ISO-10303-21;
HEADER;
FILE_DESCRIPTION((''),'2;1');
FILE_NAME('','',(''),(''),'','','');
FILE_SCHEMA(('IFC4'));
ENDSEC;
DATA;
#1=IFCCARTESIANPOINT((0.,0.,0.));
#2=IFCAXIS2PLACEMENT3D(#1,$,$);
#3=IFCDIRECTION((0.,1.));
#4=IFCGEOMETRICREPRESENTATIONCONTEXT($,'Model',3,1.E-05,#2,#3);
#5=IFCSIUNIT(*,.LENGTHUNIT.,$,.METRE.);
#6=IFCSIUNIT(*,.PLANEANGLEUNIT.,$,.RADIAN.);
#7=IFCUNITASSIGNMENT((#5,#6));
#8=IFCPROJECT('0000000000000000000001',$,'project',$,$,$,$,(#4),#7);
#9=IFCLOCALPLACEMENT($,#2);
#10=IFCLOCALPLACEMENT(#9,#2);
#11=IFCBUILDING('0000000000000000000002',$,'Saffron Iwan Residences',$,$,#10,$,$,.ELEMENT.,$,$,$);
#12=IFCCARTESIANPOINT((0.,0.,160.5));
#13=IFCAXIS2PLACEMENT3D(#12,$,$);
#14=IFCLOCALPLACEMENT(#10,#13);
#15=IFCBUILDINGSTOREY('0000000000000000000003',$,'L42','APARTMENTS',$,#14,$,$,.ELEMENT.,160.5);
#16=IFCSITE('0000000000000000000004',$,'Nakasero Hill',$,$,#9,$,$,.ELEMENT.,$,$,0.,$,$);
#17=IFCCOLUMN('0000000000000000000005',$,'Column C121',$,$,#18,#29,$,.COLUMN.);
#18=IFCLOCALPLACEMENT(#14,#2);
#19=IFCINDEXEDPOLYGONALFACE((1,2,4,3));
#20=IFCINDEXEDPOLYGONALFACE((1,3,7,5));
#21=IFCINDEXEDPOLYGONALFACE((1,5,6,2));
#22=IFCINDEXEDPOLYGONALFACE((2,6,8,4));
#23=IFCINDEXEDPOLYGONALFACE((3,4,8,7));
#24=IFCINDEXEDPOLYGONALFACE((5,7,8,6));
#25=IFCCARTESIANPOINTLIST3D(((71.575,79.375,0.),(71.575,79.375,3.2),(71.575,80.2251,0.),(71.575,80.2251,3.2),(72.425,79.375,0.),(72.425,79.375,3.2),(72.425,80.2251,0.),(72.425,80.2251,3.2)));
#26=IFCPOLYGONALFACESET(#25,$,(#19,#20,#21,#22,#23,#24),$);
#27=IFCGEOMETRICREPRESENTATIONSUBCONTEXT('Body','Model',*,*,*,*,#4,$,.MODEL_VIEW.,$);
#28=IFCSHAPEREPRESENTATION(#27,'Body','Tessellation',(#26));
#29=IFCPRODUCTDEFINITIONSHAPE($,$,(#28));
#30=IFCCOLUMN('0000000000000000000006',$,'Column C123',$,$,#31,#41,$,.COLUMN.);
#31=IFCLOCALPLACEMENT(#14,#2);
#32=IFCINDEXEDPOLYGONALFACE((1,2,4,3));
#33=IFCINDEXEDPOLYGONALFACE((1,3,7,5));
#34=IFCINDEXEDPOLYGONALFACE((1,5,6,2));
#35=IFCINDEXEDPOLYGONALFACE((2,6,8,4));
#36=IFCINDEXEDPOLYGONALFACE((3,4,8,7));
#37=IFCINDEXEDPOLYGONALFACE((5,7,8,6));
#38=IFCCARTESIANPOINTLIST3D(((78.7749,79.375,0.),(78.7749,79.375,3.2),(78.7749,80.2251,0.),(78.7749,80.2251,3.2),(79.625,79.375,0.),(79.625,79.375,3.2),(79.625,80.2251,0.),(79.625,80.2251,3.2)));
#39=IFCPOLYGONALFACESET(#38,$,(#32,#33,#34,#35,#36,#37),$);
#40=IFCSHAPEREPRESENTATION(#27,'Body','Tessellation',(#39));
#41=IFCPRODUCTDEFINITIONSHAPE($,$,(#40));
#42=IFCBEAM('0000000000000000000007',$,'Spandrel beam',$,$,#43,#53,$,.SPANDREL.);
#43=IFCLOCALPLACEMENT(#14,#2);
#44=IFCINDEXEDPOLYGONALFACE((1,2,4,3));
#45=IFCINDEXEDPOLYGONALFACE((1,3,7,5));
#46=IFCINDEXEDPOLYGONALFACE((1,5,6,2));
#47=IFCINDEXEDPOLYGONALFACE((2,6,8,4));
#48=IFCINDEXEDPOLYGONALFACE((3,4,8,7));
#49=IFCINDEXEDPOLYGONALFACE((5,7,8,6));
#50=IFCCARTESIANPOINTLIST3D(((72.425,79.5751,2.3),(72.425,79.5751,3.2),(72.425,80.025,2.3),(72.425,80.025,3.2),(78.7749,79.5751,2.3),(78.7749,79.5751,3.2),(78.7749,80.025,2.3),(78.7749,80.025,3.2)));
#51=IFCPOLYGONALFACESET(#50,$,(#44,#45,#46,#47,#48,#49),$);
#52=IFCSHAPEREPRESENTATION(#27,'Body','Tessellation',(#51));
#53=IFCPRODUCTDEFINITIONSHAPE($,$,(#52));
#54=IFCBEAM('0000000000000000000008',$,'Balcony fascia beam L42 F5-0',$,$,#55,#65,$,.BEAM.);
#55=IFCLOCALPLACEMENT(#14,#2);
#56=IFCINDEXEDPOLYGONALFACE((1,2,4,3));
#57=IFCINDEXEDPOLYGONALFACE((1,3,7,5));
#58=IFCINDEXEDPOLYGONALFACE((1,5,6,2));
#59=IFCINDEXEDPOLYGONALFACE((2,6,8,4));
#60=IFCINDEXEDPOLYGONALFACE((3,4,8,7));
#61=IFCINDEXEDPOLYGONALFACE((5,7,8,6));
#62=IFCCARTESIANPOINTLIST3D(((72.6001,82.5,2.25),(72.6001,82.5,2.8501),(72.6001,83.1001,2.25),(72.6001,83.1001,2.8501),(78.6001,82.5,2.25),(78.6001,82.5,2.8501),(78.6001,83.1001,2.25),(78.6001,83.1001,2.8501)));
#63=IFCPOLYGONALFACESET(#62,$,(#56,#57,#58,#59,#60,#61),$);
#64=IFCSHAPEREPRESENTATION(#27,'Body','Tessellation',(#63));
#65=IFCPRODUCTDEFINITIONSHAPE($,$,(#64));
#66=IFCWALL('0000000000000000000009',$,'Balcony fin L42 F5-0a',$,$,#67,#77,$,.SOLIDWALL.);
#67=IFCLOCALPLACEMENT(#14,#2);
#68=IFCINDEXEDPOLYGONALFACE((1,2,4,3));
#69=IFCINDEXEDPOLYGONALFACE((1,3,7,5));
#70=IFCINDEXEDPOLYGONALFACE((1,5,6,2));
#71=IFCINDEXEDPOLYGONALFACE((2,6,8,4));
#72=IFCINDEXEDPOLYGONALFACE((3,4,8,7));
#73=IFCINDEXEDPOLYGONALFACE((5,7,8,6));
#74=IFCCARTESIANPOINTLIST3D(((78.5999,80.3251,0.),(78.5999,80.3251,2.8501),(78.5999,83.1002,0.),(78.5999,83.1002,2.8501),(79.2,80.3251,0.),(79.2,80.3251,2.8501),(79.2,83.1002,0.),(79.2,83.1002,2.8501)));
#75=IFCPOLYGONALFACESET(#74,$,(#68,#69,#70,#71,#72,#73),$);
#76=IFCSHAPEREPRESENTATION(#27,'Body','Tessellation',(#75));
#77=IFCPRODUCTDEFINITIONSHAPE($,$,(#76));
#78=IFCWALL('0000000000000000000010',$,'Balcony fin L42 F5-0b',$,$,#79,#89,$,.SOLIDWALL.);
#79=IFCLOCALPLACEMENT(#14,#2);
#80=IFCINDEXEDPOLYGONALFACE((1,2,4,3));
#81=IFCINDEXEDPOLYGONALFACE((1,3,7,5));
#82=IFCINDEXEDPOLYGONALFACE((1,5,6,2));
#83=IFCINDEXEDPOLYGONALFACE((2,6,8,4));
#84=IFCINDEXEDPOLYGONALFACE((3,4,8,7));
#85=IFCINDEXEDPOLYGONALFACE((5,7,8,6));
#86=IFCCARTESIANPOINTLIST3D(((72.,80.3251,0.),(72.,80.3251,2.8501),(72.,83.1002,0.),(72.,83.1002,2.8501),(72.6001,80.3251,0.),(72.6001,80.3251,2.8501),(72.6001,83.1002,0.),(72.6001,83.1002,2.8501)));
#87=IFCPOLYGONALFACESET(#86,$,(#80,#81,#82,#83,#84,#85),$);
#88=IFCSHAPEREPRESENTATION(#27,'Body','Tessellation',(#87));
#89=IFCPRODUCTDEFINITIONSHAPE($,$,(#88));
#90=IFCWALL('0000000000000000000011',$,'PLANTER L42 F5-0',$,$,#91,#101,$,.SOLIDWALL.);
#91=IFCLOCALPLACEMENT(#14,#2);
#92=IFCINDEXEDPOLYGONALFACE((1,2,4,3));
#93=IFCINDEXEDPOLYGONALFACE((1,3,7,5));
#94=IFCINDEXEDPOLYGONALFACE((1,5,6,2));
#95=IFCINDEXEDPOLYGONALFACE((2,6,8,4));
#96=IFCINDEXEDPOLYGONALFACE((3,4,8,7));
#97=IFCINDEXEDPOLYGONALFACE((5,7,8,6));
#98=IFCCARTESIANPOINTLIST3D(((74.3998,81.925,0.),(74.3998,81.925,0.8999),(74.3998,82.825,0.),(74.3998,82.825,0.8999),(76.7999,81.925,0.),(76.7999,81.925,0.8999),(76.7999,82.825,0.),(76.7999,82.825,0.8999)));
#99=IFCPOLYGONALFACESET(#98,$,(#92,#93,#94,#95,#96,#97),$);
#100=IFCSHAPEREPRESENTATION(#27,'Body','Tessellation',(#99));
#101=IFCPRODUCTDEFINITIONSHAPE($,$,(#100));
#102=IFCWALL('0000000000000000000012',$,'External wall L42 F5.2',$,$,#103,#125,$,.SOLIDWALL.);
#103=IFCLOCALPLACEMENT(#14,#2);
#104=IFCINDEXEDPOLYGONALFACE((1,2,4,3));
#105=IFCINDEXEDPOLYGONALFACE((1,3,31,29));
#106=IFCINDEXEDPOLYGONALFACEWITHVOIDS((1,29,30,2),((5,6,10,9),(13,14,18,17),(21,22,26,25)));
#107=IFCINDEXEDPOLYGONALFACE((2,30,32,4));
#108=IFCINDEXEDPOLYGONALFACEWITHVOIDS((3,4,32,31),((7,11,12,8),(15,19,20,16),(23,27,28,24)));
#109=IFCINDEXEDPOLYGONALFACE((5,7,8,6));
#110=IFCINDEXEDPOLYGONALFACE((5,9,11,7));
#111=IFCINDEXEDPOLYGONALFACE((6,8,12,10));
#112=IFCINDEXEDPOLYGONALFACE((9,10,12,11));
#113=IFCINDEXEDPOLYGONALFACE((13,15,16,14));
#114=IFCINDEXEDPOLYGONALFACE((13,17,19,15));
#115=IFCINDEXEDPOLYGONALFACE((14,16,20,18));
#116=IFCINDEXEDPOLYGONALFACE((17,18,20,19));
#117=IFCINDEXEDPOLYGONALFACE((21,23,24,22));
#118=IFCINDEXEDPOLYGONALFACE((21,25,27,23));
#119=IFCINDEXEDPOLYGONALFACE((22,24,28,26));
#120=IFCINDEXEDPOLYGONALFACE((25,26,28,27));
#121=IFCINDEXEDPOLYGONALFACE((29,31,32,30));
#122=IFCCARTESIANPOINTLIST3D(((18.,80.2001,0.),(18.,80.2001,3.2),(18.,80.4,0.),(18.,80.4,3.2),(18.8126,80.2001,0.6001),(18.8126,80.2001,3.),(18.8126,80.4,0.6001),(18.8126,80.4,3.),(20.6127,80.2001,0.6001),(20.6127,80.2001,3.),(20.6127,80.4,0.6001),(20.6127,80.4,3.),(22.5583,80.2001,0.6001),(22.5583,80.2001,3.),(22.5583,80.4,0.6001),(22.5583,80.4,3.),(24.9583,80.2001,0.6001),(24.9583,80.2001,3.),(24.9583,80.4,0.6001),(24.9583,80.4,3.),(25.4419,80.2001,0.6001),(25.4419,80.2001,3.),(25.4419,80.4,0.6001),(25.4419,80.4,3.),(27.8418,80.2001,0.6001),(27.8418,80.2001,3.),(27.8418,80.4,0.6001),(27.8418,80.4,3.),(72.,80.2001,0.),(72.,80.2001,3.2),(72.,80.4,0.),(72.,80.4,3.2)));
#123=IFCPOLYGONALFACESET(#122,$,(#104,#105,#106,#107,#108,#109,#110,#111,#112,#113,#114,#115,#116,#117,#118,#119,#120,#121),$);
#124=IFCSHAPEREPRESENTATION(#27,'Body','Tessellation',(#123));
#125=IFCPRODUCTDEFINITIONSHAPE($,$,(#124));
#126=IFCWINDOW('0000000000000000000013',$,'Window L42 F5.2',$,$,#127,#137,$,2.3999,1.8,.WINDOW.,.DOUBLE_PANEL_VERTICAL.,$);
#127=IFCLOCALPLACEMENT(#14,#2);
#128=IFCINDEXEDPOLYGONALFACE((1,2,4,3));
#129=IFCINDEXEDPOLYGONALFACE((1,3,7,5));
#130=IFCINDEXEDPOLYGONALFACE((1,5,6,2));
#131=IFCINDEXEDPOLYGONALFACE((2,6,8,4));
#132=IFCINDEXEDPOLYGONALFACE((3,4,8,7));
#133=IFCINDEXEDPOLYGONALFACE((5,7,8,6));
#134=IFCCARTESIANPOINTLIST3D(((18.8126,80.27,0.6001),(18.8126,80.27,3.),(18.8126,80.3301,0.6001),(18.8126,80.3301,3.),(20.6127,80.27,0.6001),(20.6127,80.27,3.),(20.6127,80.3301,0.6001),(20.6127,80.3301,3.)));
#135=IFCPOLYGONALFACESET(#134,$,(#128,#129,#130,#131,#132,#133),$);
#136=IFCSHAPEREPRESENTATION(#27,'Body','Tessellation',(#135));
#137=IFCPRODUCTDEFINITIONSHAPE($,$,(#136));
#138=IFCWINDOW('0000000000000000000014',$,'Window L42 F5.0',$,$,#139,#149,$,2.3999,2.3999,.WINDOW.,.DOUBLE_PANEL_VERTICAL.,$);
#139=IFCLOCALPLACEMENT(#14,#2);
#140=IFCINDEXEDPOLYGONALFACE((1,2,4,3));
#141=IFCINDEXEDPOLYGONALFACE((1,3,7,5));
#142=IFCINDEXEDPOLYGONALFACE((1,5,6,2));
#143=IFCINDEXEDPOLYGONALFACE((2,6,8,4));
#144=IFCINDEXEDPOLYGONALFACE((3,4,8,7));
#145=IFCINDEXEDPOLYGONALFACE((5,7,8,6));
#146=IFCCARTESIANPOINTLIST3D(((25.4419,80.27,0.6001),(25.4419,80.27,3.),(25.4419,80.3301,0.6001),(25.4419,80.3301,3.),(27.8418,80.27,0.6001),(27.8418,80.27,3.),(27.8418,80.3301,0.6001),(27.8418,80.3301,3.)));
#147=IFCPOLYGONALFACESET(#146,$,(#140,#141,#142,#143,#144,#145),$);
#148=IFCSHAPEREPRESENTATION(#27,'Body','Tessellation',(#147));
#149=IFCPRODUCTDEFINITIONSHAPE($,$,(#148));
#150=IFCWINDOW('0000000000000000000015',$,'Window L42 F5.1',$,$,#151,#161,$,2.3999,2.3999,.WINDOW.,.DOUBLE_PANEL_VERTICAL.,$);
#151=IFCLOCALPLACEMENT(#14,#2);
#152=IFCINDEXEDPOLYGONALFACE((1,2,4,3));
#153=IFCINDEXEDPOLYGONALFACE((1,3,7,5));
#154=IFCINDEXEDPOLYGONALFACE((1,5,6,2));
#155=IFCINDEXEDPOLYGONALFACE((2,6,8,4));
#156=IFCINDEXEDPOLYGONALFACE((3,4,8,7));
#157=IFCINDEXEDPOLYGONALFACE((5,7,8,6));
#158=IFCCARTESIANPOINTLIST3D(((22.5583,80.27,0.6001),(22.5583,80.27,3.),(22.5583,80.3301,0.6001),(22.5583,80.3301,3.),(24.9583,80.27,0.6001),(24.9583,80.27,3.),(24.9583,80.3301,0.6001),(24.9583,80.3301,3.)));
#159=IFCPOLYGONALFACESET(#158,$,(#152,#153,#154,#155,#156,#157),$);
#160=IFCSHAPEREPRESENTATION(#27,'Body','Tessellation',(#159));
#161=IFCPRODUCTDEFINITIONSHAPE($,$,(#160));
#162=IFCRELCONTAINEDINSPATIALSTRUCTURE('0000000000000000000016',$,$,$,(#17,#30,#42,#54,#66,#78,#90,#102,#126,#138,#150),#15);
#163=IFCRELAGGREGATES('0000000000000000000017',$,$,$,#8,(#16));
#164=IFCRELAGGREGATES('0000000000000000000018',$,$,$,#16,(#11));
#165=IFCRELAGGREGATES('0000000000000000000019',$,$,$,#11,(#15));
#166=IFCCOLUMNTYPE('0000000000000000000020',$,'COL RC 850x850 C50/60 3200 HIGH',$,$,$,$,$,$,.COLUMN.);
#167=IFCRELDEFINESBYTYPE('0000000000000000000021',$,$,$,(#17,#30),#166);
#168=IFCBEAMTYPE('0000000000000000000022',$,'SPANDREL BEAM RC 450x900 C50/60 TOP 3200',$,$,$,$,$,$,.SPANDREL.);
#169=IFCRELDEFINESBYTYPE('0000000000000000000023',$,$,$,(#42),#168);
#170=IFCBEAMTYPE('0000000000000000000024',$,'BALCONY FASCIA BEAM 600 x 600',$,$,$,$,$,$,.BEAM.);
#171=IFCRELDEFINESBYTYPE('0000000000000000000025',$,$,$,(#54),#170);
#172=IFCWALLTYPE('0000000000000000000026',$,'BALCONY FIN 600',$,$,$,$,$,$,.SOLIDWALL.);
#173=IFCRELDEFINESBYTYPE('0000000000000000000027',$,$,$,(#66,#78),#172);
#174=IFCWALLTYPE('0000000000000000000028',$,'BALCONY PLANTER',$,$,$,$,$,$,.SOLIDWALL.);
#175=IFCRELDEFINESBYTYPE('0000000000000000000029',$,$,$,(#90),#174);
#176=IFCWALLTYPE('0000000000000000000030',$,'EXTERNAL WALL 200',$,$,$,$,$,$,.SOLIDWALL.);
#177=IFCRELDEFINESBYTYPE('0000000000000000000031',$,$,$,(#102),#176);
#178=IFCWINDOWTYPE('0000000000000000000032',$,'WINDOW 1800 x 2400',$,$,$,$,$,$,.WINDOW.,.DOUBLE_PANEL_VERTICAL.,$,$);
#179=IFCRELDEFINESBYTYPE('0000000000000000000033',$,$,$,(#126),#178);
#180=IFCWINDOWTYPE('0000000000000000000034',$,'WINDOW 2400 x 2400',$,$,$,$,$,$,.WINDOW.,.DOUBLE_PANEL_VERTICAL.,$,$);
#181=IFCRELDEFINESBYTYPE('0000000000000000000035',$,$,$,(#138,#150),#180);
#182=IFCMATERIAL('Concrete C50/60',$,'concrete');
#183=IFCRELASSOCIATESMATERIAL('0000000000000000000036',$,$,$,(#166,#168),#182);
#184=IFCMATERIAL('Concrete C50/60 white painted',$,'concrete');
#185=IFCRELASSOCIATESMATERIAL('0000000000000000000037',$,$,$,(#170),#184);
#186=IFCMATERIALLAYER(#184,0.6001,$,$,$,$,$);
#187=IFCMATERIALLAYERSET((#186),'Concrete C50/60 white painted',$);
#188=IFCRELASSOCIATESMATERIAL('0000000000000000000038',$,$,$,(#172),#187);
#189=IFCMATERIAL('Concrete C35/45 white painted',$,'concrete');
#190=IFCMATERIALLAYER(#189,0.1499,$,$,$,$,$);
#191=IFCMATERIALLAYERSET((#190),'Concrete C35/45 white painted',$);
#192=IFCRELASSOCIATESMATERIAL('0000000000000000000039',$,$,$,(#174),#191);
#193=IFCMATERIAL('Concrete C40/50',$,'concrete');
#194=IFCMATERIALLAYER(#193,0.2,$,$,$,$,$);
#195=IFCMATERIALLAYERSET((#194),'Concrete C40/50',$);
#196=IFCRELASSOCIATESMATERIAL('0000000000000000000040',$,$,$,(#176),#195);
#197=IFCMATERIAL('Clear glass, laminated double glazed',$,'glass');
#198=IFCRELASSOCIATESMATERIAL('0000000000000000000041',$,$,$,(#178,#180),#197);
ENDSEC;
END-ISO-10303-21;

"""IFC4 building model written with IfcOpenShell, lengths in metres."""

from ifc_helpers import new_model, si_unit, direction, frame, frame_2d, origin, origin_2d, place, context, subcontext, project, spatial, rectangle, extrude, source, transform, mapped, material, layer, layer_set, material_profile, profile_set, type_object, element, fill, save


model = new_model("IFC4")

# Units and contexts
model_context = context("Model", 3, precision=1e-05, world=origin(), true_north=direction((0.0, 1.0)))
body_context = subcontext(model_context, "Body", "Model", "MODEL_VIEW")
ifc_project = project(units=[si_unit("LENGTHUNIT", "METRE"), si_unit("PLANEANGLEUNIT", "RADIAN")], contexts=[model_context])

# Site, building, storey
site_placement = place(None, origin())
site = spatial("IfcSite", under=ifc_project, at=site_placement, Name="Nakasero Hill", CompositionType="ELEMENT", RefElevation=0.0)
building_placement = place(site_placement, origin())
building = spatial("IfcBuilding", under=site, at=building_placement, Name="Saffron Iwan Residences", CompositionType="ELEMENT")
storey_placement = place(building_placement, frame((0.0, 0.0, 160.5)))
storey = spatial("IfcBuildingStorey", under=building, at=storey_placement, Name="L42", Description="APARTMENTS", CompositionType="ELEMENT", Elevation=160.5)

# Columns
ifc_material_1 = material(Name="Concrete C50/60", Category="concrete")
ifc_material_profile_1 = material_profile(ifc_material_1, rectangle(XDim=0.8501, YDim=0.8501, at=origin_2d()), Name="RC 850x850")
ifc_profile_set_1 = profile_set([ifc_material_profile_1], Name="Concrete C50/60")
column_type = type_object("IfcColumnType", Name="COL RC 850x850 C50/60 3200 HIGH", PredefinedType="COLUMN", material=ifc_profile_set_1)
shared_shape_1 = source(origin(), body_context, "Body", "SweptSolid", [
    extrude(rectangle(XDim=0.8501, YDim=0.8501, at=origin_2d()), origin(), (0.0, 0.0, 1.0), 3.2),
])
for number, where, z_axis, x_axis, name in (
    (1, (72.0, 79.8, 0.0), (0.0, 0.0, 1.0), (1.0, 0.0, 0.0), "Column C121"),
    (2, (79.2, 79.8, 0.0), (0.0, 0.0, 1.0), (1.0, 0.0, 0.0), "Column C123"),
):
    element("IfcColumn", number, at=place(storey_placement, frame(where, z_axis=z_axis, x_axis=x_axis)), inside=storey, type_object=column_type, Name=name, PredefinedType="COLUMN", context=body_context, shape_type="MappedRepresentation", body=[
        mapped(shared_shape_1, transform((0.0, 0.0, 0.0))),
    ])

# Beams
ifc_material_profile_2 = material_profile(ifc_material_1, rectangle(XDim=0.45, YDim=0.8999, at=origin_2d()), Name="RC 450x900")
ifc_profile_set_2 = profile_set([ifc_material_profile_2], Name="Concrete C50/60")
beam_type_1 = type_object("IfcBeamType", Name="SPANDREL BEAM RC 450x900 C50/60 TOP 3200", PredefinedType="SPANDREL", material=ifc_profile_set_2)
shared_shape_2 = source(origin(), body_context, "Body", "SweptSolid", [
    extrude(rectangle(XDim=0.45, YDim=0.8999, at=origin_2d()), origin(), (0.0, 0.0, 1.0), 6.3499),
])
beam_1_placement = place(storey_placement, frame((72.425, 79.8, 2.75), z_axis=(1.0, 0.0, 0.0), x_axis=(0.0, 1.0, 0.0)))
element("IfcBeam", 3, at=beam_1_placement, inside=storey, type_object=beam_type_1, Name="Spandrel beam", PredefinedType="SPANDREL", context=body_context, shape_type="MappedRepresentation", body=[
    mapped(shared_shape_2, transform((0.0, 0.0, 0.0))),
])
ifc_material_2 = material(Name="Concrete C50/60 white painted", Category="concrete")
ifc_material_profile_3 = material_profile(ifc_material_2, rectangle(XDim=0.6001, YDim=0.6001, at=origin_2d()), Name="BALCONY FASCIA BEAM 600 x 600")
ifc_profile_set_3 = profile_set([ifc_material_profile_3], Name="Concrete C50/60 white painted")
beam_type_2 = type_object("IfcBeamType", Name="BALCONY FASCIA BEAM 600 x 600", PredefinedType="BEAM", material=ifc_profile_set_3)
shared_shape_3 = source(origin(), body_context, "Body", "SweptSolid", [
    extrude(rectangle(XDim=0.6001, YDim=0.6001, at=origin_2d()), origin(), (0.0, 0.0, 1.0), 6.0),
])
beam_2_placement = place(storey_placement, frame((78.6001, 82.8, 2.55), z_axis=(-1.0, 0.0, 0.0), x_axis=(0.0, -1.0, 0.0)))
element("IfcBeam", 4, at=beam_2_placement, inside=storey, type_object=beam_type_2, Name="Balcony fascia beam L42 F5-0", PredefinedType="BEAM", context=body_context, shape_type="MappedRepresentation", body=[
    mapped(shared_shape_3, transform((0.0, 0.0, 0.0))),
])

# Walls
ifc_layer_1 = layer(ifc_material_2, 0.6001)
ifc_layer_set_1 = layer_set([ifc_layer_1], Name="Concrete C50/60 white painted")
wall_type_1 = type_object("IfcWallType", Name="BALCONY FIN 600", PredefinedType="SOLIDWALL", material=ifc_layer_set_1)
for number, where, z_axis, x_axis, name in (
    (5, (78.8999, 80.325, 0.0), (0.0, 0.0, 1.0), (0.0, 1.0, 0.0), "Balcony fin L42 F5-0a"),
    (6, (72.3, 80.325, 0.0), (0.0, 0.0, 1.0), (0.0, 1.0, 0.0), "Balcony fin L42 F5-0b"),
):
    element("IfcWall", number, at=place(storey_placement, frame(where, z_axis=z_axis, x_axis=x_axis)), inside=storey, type_object=wall_type_1, Name=name, PredefinedType="SOLIDWALL", context=body_context, shape_type="SweptSolid", body=[
        extrude(rectangle(XDim=2.7751, YDim=0.6001, at=frame_2d((1.3877, 0.0))), origin(), (0.0, 0.0, 1.0), 2.8501),
    ])
ifc_material_3 = material(Name="Concrete C35/45 white painted", Category="concrete")
ifc_layer_2 = layer(ifc_material_3, 0.1499)
ifc_layer_set_2 = layer_set([ifc_layer_2], Name="Concrete C35/45 white painted")
wall_type_2 = type_object("IfcWallType", Name="BALCONY PLANTER", PredefinedType="SOLIDWALL", material=ifc_layer_set_2)
wall_1_placement = place(storey_placement, frame((76.8, 82.375, 0.0), z_axis=(0.0, 0.0, 1.0), x_axis=(-1.0, 0.0, 0.0)))
element("IfcWall", 7, at=wall_1_placement, inside=storey, type_object=wall_type_2, Name="PLANTER L42 F5-0", PredefinedType="SOLIDWALL", context=body_context, shape_type="SweptSolid", body=[
    extrude(rectangle(XDim=2.4001, YDim=0.8999, at=frame_2d((1.2002, 0.0))), origin(), (0.0, 0.0, 1.0), 0.8999),
])

# Shared definitions
ifc_material_4 = material(Name="Concrete C40/50", Category="concrete")
ifc_layer_3 = layer(ifc_material_4, 0.2)
ifc_layer_set_3 = layer_set([ifc_layer_3], Name="Concrete C40/50")
wall_type_3 = type_object("IfcWallType", Name="EXTERNAL WALL 200", PredefinedType="SOLIDWALL", material=ifc_layer_set_3)
ifc_material_5 = material(Name="Clear glass, laminated double glazed", Category="glass")

# Wall, openings, windows
wall_2_placement = place(storey_placement, frame((72.0, 80.3, 0.0), z_axis=(0.0, 0.0, 1.0), x_axis=(-1.0, 0.0, 0.0)))
wall_2 = element("IfcWall", 8, at=wall_2_placement, inside=storey, type_object=wall_type_3, Name="External wall L42 F5.2", PredefinedType="SOLIDWALL", context=body_context, shape_type="SweptSolid", body=[
    extrude(rectangle(XDim=54.0, YDim=0.2, at=frame_2d((27.0, 0.0))), origin(), (0.0, 0.0, 1.0), 3.2),
])
opening_1_placement = place(wall_2_placement, frame((44.1582, 0.0, 0.6001)))
opening_1 = element("IfcOpeningElement", 9, at=opening_1_placement, cuts=wall_2, PredefinedType="OPENING", context=body_context, shape_type="SweptSolid", body=[
    extrude(rectangle(XDim=2.3999, YDim=2.3999, at=frame_2d((1.2, 1.2))), frame((0.0, 0.1099, 0.0), z_axis=(0.0, -1.0, 0.0), x_axis=(1.0, 0.0, 0.0)), (0.0, 0.0, 1.0), 0.22),
])
opening_2_placement = place(wall_2_placement, frame((47.0417, 0.0, 0.6001)))
opening_2 = element("IfcOpeningElement", 10, at=opening_2_placement, cuts=wall_2, PredefinedType="OPENING", context=body_context, shape_type="SweptSolid", body=[
    extrude(rectangle(XDim=2.3999, YDim=2.3999, at=frame_2d((1.2, 1.2))), frame((0.0, 0.1099, 0.0), z_axis=(0.0, -1.0, 0.0), x_axis=(1.0, 0.0, 0.0)), (0.0, 0.0, 1.0), 0.22),
])
opening_3_placement = place(wall_2_placement, frame((51.3875, 0.0, 0.6001)))
opening_3 = element("IfcOpeningElement", 11, at=opening_3_placement, cuts=wall_2, PredefinedType="OPENING", context=body_context, shape_type="SweptSolid", body=[
    extrude(rectangle(XDim=1.8, YDim=2.3999, at=frame_2d((0.8999, 1.2))), frame((0.0, 0.1099, 0.0), z_axis=(0.0, -1.0, 0.0), x_axis=(1.0, 0.0, 0.0)), (0.0, 0.0, 1.0), 0.22),
])
window_type_1 = type_object("IfcWindowType", Name="WINDOW 1800 x 2400", PartitioningType="DOUBLE_PANEL_VERTICAL", PredefinedType="WINDOW", material=ifc_material_5)
window_1_placement = place(opening_3_placement, origin())
window_1 = element("IfcWindow", 12, at=window_1_placement, inside=storey, type_object=window_type_1, Name="Window L42 F5.2", OverallHeight=2.3999, OverallWidth=1.8, PartitioningType="DOUBLE_PANEL_VERTICAL", PredefinedType="WINDOW", context=body_context, shape_type="SweptSolid", body=[
    extrude(rectangle(XDim=1.8, YDim=2.3999, at=frame_2d((0.8999, 1.2))), frame((0.0, 0.03, 0.0), z_axis=(0.0, -1.0, 0.0), x_axis=(1.0, 0.0, 0.0)), (0.0, 0.0, 1.0), 0.0601),
])
fill(opening_3, window_1)
window_type_2 = type_object("IfcWindowType", Name="WINDOW 2400 x 2400", PartitioningType="DOUBLE_PANEL_VERTICAL", PredefinedType="WINDOW", material=ifc_material_5)
window_2_placement = place(opening_1_placement, origin())
window_2 = element("IfcWindow", 13, at=window_2_placement, inside=storey, type_object=window_type_2, Name="Window L42 F5.0", OverallHeight=2.3999, OverallWidth=2.3999, PartitioningType="DOUBLE_PANEL_VERTICAL", PredefinedType="WINDOW", context=body_context, shape_type="SweptSolid", body=[
    extrude(rectangle(XDim=2.3999, YDim=2.3999, at=frame_2d((1.2, 1.2))), frame((0.0, 0.03, 0.0), z_axis=(0.0, -1.0, 0.0), x_axis=(1.0, 0.0, 0.0)), (0.0, 0.0, 1.0), 0.0601),
])
fill(opening_1, window_2)
window_3_placement = place(opening_2_placement, origin())
window_3 = element("IfcWindow", 14, at=window_3_placement, inside=storey, type_object=window_type_2, Name="Window L42 F5.1", OverallHeight=2.3999, OverallWidth=2.3999, PartitioningType="DOUBLE_PANEL_VERTICAL", PredefinedType="WINDOW", context=body_context, shape_type="SweptSolid", body=[
    extrude(rectangle(XDim=2.3999, YDim=2.3999, at=frame_2d((1.2, 1.2))), frame((0.0, 0.03, 0.0), z_axis=(0.0, -1.0, 0.0), x_axis=(1.0, 0.0, 0.0)), (0.0, 0.0, 1.0), 0.0601),
])
fill(opening_2, window_3)

save(model, "model.ifc")
